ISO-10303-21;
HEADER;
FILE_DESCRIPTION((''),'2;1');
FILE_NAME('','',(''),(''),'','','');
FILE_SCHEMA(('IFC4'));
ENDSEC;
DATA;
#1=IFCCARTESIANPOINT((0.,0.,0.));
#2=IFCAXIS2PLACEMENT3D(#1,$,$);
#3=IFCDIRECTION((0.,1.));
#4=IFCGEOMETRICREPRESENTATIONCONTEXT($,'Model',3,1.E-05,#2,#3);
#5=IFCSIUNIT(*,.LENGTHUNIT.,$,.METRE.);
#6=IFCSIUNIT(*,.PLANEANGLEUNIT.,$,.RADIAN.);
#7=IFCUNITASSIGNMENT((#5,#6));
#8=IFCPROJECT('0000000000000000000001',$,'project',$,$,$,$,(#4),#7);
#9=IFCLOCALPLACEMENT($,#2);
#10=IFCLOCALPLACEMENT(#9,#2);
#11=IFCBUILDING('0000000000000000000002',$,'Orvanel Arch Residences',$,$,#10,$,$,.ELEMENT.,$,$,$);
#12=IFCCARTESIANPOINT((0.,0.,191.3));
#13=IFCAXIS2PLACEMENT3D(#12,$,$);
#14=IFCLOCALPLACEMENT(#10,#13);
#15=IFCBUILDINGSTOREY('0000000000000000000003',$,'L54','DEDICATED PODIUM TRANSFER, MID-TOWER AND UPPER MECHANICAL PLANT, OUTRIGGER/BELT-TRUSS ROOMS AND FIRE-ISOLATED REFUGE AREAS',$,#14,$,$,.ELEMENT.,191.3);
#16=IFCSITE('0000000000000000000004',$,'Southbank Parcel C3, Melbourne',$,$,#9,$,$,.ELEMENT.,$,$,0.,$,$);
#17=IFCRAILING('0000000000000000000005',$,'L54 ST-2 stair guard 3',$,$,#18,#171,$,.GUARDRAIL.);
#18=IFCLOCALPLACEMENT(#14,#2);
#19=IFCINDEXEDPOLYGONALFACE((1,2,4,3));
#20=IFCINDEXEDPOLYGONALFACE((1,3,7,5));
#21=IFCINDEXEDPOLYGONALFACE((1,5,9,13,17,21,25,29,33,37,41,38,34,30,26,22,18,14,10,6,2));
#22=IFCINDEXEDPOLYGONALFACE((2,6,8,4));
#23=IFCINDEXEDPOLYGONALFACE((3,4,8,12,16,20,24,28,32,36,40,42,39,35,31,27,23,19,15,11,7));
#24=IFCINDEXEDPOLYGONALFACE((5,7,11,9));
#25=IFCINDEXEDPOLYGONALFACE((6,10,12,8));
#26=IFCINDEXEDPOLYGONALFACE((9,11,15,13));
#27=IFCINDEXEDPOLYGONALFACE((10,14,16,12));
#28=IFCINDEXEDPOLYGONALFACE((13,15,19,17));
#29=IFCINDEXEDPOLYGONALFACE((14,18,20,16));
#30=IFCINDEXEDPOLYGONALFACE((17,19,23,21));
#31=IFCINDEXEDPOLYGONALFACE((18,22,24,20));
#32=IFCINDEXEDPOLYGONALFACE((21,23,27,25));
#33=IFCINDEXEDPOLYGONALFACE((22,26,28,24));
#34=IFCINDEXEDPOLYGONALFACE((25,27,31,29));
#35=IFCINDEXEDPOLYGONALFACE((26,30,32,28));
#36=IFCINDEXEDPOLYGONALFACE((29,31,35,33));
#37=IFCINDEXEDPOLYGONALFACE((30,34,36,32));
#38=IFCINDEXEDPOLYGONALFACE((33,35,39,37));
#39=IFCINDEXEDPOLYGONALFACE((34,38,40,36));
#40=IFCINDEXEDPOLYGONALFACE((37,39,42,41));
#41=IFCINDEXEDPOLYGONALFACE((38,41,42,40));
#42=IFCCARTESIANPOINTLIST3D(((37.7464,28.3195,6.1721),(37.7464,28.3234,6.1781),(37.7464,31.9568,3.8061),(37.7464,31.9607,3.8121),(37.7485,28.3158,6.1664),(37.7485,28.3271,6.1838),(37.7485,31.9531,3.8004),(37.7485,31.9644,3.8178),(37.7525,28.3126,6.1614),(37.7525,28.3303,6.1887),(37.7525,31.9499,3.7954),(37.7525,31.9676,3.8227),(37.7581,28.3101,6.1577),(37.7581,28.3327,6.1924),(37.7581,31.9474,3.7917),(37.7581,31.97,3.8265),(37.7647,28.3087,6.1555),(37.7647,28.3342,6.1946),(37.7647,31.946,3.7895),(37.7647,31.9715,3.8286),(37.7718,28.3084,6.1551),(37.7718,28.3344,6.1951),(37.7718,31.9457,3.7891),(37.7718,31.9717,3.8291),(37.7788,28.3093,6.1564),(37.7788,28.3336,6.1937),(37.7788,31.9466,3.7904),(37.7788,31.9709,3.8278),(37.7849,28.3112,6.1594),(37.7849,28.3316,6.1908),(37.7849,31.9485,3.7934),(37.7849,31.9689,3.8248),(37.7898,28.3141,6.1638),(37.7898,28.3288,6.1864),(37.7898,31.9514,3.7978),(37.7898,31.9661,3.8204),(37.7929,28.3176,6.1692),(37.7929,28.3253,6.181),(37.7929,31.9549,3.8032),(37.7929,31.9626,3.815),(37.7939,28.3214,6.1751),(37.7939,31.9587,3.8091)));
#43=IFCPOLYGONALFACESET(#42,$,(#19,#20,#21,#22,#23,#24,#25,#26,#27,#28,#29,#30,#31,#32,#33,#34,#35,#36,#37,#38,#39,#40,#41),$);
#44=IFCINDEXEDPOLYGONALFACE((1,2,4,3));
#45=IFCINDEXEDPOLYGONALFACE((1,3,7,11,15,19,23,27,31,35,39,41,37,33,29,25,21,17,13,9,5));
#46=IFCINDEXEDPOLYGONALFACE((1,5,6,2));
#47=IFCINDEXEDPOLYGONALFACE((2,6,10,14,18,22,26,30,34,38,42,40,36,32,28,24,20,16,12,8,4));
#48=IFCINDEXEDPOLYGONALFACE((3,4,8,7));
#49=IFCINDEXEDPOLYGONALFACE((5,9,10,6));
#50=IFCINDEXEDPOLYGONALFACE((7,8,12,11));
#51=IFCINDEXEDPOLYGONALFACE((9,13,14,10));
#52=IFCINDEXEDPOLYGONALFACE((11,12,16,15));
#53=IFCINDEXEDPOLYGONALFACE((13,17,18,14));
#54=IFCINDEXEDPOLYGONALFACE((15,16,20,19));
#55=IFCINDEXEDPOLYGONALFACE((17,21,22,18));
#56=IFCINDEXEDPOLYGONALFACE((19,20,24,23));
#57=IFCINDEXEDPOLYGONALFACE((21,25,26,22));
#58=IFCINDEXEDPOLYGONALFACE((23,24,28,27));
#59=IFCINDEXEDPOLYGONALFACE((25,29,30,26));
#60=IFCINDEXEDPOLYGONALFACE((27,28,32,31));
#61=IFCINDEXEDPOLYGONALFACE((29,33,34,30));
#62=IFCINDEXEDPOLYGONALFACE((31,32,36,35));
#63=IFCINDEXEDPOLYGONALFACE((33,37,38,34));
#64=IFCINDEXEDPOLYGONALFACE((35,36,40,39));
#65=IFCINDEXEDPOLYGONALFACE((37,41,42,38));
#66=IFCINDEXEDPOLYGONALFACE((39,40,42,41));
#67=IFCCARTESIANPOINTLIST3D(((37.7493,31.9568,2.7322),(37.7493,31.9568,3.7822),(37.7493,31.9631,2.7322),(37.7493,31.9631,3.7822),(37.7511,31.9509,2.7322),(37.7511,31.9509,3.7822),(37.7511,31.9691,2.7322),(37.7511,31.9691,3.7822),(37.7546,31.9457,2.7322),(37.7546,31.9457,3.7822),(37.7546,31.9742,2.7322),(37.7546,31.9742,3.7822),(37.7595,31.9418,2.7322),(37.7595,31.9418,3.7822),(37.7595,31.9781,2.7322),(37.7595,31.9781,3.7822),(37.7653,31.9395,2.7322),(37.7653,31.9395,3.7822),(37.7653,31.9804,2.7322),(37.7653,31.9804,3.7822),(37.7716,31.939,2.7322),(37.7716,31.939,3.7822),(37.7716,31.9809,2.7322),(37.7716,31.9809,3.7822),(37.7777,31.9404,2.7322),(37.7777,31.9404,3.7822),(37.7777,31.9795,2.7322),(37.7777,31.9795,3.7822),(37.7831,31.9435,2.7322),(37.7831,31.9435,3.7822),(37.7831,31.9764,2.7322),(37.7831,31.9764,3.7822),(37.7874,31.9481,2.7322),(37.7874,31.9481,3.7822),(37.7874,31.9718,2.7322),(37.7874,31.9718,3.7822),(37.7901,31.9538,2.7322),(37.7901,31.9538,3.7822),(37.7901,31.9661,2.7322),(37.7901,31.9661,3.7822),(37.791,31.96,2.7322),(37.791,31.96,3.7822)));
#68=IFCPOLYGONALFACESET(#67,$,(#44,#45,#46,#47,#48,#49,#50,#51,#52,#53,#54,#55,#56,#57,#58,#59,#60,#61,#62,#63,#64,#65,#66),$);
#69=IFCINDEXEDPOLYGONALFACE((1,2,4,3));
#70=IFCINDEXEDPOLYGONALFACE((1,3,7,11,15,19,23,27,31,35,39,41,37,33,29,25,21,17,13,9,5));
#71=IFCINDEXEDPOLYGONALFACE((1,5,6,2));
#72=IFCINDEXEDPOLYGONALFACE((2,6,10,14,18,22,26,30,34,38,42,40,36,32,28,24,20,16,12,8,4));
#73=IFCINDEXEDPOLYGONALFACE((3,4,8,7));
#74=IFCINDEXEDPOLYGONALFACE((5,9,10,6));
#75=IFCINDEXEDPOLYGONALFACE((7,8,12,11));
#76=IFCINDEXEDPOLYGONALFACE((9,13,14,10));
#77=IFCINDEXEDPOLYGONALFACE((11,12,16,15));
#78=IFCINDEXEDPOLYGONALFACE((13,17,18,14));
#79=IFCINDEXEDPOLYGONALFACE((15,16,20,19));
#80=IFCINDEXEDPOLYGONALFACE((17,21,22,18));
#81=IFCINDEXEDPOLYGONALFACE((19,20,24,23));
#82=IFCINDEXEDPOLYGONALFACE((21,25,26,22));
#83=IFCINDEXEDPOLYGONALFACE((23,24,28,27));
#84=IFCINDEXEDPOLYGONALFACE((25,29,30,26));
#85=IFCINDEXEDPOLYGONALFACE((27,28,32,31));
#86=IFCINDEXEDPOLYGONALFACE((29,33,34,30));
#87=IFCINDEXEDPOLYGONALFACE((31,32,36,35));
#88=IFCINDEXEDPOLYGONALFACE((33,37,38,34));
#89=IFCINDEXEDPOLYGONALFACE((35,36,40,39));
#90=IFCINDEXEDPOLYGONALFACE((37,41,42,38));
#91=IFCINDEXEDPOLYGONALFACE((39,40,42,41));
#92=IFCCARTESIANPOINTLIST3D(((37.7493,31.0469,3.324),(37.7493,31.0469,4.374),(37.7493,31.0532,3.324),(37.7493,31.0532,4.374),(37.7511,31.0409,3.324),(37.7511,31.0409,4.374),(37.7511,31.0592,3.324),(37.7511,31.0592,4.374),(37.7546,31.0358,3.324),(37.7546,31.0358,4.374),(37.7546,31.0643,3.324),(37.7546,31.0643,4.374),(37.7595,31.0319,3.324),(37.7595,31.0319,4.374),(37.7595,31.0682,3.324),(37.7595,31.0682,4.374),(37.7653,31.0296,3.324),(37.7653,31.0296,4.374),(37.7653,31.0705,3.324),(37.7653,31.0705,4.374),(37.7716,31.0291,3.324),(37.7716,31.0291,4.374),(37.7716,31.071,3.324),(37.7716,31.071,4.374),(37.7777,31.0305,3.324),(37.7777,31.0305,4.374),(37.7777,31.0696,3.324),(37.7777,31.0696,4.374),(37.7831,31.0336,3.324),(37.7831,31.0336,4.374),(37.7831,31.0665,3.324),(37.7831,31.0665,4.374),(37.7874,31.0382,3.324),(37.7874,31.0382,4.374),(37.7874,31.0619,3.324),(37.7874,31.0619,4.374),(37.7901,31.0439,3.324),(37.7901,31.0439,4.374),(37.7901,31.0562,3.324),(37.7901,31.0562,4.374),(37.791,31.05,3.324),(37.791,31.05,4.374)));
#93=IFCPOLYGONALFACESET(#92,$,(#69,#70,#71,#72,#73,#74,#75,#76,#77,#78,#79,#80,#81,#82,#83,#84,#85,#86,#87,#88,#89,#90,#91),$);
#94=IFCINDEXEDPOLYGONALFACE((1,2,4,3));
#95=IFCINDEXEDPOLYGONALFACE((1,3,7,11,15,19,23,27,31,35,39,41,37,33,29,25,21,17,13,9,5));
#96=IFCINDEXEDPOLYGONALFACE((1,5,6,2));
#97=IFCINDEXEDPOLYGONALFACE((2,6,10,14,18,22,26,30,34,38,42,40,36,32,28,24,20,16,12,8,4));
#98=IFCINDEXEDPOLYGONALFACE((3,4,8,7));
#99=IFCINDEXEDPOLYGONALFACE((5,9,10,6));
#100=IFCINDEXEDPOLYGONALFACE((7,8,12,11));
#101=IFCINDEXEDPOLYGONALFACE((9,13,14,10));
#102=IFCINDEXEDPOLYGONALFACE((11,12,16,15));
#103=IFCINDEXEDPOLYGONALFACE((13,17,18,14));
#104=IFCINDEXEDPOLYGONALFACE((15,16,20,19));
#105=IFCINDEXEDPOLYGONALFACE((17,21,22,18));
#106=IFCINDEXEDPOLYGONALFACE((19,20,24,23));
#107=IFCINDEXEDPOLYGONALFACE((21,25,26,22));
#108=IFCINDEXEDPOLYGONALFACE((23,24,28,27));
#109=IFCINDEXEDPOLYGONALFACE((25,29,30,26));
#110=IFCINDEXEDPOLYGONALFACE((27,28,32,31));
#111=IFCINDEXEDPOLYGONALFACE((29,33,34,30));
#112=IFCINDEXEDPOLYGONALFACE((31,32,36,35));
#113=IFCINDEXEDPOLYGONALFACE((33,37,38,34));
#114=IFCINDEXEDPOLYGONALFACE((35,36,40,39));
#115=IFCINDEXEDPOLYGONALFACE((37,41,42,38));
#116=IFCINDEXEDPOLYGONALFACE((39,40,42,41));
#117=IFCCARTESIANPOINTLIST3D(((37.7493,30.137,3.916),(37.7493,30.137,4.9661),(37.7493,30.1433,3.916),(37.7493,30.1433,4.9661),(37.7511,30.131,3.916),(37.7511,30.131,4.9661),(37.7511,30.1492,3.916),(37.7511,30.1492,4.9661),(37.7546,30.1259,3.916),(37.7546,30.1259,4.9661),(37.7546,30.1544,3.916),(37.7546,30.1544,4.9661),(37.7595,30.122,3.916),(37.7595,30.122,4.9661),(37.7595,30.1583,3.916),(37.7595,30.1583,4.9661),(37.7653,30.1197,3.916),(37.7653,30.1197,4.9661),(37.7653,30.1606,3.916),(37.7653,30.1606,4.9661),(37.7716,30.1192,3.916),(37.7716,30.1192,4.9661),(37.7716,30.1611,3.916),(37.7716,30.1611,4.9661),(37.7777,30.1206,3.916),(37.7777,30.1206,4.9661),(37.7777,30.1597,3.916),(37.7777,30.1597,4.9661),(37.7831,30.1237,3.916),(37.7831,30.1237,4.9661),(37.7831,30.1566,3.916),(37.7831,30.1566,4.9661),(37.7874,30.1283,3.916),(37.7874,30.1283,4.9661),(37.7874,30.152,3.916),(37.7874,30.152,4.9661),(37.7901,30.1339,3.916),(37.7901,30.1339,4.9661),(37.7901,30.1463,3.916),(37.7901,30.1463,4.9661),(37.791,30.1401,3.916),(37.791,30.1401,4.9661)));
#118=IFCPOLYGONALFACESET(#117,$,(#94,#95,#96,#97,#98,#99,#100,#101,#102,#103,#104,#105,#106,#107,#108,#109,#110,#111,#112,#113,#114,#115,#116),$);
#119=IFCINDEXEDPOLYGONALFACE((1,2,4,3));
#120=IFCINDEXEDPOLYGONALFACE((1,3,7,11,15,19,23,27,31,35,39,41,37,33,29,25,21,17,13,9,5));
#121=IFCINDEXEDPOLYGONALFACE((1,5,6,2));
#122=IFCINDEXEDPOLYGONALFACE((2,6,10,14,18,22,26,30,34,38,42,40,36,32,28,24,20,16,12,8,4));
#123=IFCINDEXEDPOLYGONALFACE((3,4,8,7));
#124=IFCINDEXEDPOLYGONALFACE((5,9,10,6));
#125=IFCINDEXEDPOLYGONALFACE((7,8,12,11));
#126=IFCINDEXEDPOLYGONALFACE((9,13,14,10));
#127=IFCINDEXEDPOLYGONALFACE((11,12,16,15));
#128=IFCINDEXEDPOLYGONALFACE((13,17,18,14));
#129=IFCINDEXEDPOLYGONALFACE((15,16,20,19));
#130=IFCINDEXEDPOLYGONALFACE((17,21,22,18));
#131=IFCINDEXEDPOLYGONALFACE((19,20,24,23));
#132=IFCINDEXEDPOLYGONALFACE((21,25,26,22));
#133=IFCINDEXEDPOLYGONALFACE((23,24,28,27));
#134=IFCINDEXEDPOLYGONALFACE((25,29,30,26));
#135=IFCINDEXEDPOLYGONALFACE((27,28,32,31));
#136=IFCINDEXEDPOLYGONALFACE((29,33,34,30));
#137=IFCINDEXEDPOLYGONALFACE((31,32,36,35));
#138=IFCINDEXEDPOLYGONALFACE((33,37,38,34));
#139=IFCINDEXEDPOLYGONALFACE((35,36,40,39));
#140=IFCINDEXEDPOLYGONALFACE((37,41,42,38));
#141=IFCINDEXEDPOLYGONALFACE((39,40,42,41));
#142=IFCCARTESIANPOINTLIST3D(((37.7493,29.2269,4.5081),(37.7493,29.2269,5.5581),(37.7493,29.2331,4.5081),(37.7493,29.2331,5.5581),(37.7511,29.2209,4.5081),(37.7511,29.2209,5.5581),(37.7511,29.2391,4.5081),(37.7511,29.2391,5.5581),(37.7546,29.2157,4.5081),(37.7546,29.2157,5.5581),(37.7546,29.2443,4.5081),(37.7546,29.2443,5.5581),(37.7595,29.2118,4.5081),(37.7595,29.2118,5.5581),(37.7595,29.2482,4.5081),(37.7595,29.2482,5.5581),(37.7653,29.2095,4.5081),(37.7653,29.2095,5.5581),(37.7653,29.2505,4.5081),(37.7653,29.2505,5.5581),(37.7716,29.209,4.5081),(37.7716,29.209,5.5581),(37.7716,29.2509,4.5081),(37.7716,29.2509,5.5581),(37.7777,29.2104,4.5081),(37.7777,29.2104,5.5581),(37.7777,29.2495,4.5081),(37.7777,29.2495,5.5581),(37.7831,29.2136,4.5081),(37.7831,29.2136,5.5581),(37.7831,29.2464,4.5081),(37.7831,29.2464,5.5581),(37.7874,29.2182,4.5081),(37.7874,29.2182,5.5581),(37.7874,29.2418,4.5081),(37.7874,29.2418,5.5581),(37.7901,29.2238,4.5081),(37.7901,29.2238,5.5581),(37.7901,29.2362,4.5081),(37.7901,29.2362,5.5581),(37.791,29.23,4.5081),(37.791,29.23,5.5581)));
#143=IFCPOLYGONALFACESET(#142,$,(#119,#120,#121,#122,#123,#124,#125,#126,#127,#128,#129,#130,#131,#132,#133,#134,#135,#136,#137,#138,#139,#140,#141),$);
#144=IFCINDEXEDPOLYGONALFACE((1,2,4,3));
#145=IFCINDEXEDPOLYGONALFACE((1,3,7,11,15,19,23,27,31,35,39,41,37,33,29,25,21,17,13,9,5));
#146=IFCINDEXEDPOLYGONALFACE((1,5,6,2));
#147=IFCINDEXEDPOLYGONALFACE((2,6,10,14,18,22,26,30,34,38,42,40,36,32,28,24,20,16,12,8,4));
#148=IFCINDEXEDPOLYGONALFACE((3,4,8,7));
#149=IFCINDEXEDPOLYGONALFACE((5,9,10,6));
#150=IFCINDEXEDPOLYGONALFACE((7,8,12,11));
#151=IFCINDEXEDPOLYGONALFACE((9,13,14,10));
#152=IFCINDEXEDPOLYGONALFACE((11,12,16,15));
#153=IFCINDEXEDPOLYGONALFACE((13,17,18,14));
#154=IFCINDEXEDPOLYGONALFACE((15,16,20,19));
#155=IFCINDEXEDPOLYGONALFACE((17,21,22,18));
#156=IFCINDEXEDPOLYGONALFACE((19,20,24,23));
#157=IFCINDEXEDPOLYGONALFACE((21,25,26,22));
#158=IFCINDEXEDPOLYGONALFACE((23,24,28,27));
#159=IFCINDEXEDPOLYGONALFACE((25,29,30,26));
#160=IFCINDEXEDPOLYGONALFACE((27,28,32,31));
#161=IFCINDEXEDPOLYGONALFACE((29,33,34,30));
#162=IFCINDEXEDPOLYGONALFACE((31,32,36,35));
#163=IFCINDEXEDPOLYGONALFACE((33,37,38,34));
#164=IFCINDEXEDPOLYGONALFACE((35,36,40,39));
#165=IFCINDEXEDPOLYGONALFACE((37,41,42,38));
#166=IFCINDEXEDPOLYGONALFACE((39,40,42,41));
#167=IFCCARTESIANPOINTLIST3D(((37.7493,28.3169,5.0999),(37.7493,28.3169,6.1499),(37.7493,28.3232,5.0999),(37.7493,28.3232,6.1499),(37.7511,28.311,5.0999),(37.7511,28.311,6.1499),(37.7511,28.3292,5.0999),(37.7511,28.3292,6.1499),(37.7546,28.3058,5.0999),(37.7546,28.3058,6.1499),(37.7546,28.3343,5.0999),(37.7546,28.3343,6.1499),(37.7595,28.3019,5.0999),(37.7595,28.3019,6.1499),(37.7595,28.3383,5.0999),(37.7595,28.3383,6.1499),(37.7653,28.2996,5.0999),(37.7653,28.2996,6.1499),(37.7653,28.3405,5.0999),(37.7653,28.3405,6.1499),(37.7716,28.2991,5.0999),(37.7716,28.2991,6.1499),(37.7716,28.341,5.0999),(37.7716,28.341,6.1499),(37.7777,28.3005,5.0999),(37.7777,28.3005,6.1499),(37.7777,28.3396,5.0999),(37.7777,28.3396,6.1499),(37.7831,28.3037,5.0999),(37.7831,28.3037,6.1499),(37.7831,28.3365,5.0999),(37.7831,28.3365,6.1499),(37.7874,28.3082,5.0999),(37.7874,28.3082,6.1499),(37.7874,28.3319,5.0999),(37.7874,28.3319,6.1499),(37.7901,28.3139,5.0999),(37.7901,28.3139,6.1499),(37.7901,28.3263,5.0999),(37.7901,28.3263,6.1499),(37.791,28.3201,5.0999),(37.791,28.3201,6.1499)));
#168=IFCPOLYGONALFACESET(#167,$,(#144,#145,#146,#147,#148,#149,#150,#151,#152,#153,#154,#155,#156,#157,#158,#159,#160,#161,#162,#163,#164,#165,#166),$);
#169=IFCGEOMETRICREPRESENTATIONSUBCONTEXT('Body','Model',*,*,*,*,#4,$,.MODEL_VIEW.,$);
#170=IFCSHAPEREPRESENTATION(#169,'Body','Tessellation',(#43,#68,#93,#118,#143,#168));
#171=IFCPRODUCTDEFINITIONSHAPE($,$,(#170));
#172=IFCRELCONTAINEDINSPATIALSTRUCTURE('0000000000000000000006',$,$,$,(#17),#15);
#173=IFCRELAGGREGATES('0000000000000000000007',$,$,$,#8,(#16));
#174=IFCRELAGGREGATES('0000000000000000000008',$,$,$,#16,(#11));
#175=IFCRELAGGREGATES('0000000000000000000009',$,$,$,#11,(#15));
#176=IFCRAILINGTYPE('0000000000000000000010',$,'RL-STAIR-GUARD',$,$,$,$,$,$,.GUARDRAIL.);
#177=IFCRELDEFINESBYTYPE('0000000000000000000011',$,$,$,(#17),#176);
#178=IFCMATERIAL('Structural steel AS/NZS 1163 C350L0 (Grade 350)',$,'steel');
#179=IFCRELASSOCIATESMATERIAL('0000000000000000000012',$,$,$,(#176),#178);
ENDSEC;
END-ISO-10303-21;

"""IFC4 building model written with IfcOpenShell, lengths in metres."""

from ifc_helpers import new_model, si_unit, direction, frame, origin, origin_2d, place, context, subcontext, project, spatial, circle, extrude, material, type_object, element, save


model = new_model("IFC4")

# Units and contexts
model_context = context("Model", 3, precision=1e-05, world=origin(), true_north=direction((0.0, 1.0)))
body_context = subcontext(model_context, "Body", "Model", "MODEL_VIEW")
ifc_project = project(units=[si_unit("LENGTHUNIT", "METRE"), si_unit("PLANEANGLEUNIT", "RADIAN")], contexts=[model_context])

# Site, building, storey
site_placement = place(None, origin())
site = spatial("IfcSite", under=ifc_project, at=site_placement, Name="Southbank Parcel C3, Melbourne", CompositionType="ELEMENT", RefElevation=0.0)
building_placement = place(site_placement, origin())
building = spatial("IfcBuilding", under=site, at=building_placement, Name="Orvanel Arch Residences", CompositionType="ELEMENT")
storey_placement = place(building_placement, frame((0.0, 0.0, 191.3)))
storey = spatial("IfcBuildingStorey", under=building, at=storey_placement, Name="L54", Description="DEDICATED PODIUM TRANSFER, MID-TOWER AND UPPER MECHANICAL PLANT, OUTRIGGER/BELT-TRUSS ROOMS AND FIRE-ISOLATED REFUGE AREAS", CompositionType="ELEMENT", Elevation=191.3)

# Railing
ifc_material_1 = material(Name="Structural steel AS/NZS 1163 C350L0 (Grade 350)", Category="steel")
railing_type_1 = type_object("IfcRailingType", Name="RL-STAIR-GUARD", PredefinedType="GUARDRAIL", material=ifc_material_1)
railing_1_placement = place(storey_placement, frame((37.77, 31.96, 2.7322)))
element("IfcRailing", 1, at=railing_1_placement, inside=storey, type_object=railing_type_1, Name="L54 ST-2 stair guard 3", PredefinedType="GUARDRAIL", context=body_context, shape_type="SweptSolid", body=[
    extrude(circle(Radius=0.0239, at=origin_2d()), frame((0.0, -0.0012, 1.0769), z_axis=(0.0, -0.83826, 0.545271), x_axis=(1.0, 0.0, 0.0)), (0.0, 0.0, 1.0), 4.3391),
    extrude(circle(Radius=0.021, at=origin_2d()), origin(), (0.0, 0.0, 1.0), 1.05),
    extrude(circle(Radius=0.021, at=origin_2d()), frame((0.0, -0.9099, 0.5918)), (0.0, 0.0, 1.0), 1.05),
    extrude(circle(Radius=0.021, at=origin_2d()), frame((0.0, -1.8198, 1.1838)), (0.0, 0.0, 1.0), 1.05),
    extrude(circle(Radius=0.021, at=origin_2d()), frame((0.0, -2.73, 1.7759)), (0.0, 0.0, 1.0), 1.05),
    extrude(circle(Radius=0.021, at=origin_2d()), frame((0.0, -3.6399, 2.3677)), (0.0, 0.0, 1.0), 1.05),
])

save(model, "model.ifc")
